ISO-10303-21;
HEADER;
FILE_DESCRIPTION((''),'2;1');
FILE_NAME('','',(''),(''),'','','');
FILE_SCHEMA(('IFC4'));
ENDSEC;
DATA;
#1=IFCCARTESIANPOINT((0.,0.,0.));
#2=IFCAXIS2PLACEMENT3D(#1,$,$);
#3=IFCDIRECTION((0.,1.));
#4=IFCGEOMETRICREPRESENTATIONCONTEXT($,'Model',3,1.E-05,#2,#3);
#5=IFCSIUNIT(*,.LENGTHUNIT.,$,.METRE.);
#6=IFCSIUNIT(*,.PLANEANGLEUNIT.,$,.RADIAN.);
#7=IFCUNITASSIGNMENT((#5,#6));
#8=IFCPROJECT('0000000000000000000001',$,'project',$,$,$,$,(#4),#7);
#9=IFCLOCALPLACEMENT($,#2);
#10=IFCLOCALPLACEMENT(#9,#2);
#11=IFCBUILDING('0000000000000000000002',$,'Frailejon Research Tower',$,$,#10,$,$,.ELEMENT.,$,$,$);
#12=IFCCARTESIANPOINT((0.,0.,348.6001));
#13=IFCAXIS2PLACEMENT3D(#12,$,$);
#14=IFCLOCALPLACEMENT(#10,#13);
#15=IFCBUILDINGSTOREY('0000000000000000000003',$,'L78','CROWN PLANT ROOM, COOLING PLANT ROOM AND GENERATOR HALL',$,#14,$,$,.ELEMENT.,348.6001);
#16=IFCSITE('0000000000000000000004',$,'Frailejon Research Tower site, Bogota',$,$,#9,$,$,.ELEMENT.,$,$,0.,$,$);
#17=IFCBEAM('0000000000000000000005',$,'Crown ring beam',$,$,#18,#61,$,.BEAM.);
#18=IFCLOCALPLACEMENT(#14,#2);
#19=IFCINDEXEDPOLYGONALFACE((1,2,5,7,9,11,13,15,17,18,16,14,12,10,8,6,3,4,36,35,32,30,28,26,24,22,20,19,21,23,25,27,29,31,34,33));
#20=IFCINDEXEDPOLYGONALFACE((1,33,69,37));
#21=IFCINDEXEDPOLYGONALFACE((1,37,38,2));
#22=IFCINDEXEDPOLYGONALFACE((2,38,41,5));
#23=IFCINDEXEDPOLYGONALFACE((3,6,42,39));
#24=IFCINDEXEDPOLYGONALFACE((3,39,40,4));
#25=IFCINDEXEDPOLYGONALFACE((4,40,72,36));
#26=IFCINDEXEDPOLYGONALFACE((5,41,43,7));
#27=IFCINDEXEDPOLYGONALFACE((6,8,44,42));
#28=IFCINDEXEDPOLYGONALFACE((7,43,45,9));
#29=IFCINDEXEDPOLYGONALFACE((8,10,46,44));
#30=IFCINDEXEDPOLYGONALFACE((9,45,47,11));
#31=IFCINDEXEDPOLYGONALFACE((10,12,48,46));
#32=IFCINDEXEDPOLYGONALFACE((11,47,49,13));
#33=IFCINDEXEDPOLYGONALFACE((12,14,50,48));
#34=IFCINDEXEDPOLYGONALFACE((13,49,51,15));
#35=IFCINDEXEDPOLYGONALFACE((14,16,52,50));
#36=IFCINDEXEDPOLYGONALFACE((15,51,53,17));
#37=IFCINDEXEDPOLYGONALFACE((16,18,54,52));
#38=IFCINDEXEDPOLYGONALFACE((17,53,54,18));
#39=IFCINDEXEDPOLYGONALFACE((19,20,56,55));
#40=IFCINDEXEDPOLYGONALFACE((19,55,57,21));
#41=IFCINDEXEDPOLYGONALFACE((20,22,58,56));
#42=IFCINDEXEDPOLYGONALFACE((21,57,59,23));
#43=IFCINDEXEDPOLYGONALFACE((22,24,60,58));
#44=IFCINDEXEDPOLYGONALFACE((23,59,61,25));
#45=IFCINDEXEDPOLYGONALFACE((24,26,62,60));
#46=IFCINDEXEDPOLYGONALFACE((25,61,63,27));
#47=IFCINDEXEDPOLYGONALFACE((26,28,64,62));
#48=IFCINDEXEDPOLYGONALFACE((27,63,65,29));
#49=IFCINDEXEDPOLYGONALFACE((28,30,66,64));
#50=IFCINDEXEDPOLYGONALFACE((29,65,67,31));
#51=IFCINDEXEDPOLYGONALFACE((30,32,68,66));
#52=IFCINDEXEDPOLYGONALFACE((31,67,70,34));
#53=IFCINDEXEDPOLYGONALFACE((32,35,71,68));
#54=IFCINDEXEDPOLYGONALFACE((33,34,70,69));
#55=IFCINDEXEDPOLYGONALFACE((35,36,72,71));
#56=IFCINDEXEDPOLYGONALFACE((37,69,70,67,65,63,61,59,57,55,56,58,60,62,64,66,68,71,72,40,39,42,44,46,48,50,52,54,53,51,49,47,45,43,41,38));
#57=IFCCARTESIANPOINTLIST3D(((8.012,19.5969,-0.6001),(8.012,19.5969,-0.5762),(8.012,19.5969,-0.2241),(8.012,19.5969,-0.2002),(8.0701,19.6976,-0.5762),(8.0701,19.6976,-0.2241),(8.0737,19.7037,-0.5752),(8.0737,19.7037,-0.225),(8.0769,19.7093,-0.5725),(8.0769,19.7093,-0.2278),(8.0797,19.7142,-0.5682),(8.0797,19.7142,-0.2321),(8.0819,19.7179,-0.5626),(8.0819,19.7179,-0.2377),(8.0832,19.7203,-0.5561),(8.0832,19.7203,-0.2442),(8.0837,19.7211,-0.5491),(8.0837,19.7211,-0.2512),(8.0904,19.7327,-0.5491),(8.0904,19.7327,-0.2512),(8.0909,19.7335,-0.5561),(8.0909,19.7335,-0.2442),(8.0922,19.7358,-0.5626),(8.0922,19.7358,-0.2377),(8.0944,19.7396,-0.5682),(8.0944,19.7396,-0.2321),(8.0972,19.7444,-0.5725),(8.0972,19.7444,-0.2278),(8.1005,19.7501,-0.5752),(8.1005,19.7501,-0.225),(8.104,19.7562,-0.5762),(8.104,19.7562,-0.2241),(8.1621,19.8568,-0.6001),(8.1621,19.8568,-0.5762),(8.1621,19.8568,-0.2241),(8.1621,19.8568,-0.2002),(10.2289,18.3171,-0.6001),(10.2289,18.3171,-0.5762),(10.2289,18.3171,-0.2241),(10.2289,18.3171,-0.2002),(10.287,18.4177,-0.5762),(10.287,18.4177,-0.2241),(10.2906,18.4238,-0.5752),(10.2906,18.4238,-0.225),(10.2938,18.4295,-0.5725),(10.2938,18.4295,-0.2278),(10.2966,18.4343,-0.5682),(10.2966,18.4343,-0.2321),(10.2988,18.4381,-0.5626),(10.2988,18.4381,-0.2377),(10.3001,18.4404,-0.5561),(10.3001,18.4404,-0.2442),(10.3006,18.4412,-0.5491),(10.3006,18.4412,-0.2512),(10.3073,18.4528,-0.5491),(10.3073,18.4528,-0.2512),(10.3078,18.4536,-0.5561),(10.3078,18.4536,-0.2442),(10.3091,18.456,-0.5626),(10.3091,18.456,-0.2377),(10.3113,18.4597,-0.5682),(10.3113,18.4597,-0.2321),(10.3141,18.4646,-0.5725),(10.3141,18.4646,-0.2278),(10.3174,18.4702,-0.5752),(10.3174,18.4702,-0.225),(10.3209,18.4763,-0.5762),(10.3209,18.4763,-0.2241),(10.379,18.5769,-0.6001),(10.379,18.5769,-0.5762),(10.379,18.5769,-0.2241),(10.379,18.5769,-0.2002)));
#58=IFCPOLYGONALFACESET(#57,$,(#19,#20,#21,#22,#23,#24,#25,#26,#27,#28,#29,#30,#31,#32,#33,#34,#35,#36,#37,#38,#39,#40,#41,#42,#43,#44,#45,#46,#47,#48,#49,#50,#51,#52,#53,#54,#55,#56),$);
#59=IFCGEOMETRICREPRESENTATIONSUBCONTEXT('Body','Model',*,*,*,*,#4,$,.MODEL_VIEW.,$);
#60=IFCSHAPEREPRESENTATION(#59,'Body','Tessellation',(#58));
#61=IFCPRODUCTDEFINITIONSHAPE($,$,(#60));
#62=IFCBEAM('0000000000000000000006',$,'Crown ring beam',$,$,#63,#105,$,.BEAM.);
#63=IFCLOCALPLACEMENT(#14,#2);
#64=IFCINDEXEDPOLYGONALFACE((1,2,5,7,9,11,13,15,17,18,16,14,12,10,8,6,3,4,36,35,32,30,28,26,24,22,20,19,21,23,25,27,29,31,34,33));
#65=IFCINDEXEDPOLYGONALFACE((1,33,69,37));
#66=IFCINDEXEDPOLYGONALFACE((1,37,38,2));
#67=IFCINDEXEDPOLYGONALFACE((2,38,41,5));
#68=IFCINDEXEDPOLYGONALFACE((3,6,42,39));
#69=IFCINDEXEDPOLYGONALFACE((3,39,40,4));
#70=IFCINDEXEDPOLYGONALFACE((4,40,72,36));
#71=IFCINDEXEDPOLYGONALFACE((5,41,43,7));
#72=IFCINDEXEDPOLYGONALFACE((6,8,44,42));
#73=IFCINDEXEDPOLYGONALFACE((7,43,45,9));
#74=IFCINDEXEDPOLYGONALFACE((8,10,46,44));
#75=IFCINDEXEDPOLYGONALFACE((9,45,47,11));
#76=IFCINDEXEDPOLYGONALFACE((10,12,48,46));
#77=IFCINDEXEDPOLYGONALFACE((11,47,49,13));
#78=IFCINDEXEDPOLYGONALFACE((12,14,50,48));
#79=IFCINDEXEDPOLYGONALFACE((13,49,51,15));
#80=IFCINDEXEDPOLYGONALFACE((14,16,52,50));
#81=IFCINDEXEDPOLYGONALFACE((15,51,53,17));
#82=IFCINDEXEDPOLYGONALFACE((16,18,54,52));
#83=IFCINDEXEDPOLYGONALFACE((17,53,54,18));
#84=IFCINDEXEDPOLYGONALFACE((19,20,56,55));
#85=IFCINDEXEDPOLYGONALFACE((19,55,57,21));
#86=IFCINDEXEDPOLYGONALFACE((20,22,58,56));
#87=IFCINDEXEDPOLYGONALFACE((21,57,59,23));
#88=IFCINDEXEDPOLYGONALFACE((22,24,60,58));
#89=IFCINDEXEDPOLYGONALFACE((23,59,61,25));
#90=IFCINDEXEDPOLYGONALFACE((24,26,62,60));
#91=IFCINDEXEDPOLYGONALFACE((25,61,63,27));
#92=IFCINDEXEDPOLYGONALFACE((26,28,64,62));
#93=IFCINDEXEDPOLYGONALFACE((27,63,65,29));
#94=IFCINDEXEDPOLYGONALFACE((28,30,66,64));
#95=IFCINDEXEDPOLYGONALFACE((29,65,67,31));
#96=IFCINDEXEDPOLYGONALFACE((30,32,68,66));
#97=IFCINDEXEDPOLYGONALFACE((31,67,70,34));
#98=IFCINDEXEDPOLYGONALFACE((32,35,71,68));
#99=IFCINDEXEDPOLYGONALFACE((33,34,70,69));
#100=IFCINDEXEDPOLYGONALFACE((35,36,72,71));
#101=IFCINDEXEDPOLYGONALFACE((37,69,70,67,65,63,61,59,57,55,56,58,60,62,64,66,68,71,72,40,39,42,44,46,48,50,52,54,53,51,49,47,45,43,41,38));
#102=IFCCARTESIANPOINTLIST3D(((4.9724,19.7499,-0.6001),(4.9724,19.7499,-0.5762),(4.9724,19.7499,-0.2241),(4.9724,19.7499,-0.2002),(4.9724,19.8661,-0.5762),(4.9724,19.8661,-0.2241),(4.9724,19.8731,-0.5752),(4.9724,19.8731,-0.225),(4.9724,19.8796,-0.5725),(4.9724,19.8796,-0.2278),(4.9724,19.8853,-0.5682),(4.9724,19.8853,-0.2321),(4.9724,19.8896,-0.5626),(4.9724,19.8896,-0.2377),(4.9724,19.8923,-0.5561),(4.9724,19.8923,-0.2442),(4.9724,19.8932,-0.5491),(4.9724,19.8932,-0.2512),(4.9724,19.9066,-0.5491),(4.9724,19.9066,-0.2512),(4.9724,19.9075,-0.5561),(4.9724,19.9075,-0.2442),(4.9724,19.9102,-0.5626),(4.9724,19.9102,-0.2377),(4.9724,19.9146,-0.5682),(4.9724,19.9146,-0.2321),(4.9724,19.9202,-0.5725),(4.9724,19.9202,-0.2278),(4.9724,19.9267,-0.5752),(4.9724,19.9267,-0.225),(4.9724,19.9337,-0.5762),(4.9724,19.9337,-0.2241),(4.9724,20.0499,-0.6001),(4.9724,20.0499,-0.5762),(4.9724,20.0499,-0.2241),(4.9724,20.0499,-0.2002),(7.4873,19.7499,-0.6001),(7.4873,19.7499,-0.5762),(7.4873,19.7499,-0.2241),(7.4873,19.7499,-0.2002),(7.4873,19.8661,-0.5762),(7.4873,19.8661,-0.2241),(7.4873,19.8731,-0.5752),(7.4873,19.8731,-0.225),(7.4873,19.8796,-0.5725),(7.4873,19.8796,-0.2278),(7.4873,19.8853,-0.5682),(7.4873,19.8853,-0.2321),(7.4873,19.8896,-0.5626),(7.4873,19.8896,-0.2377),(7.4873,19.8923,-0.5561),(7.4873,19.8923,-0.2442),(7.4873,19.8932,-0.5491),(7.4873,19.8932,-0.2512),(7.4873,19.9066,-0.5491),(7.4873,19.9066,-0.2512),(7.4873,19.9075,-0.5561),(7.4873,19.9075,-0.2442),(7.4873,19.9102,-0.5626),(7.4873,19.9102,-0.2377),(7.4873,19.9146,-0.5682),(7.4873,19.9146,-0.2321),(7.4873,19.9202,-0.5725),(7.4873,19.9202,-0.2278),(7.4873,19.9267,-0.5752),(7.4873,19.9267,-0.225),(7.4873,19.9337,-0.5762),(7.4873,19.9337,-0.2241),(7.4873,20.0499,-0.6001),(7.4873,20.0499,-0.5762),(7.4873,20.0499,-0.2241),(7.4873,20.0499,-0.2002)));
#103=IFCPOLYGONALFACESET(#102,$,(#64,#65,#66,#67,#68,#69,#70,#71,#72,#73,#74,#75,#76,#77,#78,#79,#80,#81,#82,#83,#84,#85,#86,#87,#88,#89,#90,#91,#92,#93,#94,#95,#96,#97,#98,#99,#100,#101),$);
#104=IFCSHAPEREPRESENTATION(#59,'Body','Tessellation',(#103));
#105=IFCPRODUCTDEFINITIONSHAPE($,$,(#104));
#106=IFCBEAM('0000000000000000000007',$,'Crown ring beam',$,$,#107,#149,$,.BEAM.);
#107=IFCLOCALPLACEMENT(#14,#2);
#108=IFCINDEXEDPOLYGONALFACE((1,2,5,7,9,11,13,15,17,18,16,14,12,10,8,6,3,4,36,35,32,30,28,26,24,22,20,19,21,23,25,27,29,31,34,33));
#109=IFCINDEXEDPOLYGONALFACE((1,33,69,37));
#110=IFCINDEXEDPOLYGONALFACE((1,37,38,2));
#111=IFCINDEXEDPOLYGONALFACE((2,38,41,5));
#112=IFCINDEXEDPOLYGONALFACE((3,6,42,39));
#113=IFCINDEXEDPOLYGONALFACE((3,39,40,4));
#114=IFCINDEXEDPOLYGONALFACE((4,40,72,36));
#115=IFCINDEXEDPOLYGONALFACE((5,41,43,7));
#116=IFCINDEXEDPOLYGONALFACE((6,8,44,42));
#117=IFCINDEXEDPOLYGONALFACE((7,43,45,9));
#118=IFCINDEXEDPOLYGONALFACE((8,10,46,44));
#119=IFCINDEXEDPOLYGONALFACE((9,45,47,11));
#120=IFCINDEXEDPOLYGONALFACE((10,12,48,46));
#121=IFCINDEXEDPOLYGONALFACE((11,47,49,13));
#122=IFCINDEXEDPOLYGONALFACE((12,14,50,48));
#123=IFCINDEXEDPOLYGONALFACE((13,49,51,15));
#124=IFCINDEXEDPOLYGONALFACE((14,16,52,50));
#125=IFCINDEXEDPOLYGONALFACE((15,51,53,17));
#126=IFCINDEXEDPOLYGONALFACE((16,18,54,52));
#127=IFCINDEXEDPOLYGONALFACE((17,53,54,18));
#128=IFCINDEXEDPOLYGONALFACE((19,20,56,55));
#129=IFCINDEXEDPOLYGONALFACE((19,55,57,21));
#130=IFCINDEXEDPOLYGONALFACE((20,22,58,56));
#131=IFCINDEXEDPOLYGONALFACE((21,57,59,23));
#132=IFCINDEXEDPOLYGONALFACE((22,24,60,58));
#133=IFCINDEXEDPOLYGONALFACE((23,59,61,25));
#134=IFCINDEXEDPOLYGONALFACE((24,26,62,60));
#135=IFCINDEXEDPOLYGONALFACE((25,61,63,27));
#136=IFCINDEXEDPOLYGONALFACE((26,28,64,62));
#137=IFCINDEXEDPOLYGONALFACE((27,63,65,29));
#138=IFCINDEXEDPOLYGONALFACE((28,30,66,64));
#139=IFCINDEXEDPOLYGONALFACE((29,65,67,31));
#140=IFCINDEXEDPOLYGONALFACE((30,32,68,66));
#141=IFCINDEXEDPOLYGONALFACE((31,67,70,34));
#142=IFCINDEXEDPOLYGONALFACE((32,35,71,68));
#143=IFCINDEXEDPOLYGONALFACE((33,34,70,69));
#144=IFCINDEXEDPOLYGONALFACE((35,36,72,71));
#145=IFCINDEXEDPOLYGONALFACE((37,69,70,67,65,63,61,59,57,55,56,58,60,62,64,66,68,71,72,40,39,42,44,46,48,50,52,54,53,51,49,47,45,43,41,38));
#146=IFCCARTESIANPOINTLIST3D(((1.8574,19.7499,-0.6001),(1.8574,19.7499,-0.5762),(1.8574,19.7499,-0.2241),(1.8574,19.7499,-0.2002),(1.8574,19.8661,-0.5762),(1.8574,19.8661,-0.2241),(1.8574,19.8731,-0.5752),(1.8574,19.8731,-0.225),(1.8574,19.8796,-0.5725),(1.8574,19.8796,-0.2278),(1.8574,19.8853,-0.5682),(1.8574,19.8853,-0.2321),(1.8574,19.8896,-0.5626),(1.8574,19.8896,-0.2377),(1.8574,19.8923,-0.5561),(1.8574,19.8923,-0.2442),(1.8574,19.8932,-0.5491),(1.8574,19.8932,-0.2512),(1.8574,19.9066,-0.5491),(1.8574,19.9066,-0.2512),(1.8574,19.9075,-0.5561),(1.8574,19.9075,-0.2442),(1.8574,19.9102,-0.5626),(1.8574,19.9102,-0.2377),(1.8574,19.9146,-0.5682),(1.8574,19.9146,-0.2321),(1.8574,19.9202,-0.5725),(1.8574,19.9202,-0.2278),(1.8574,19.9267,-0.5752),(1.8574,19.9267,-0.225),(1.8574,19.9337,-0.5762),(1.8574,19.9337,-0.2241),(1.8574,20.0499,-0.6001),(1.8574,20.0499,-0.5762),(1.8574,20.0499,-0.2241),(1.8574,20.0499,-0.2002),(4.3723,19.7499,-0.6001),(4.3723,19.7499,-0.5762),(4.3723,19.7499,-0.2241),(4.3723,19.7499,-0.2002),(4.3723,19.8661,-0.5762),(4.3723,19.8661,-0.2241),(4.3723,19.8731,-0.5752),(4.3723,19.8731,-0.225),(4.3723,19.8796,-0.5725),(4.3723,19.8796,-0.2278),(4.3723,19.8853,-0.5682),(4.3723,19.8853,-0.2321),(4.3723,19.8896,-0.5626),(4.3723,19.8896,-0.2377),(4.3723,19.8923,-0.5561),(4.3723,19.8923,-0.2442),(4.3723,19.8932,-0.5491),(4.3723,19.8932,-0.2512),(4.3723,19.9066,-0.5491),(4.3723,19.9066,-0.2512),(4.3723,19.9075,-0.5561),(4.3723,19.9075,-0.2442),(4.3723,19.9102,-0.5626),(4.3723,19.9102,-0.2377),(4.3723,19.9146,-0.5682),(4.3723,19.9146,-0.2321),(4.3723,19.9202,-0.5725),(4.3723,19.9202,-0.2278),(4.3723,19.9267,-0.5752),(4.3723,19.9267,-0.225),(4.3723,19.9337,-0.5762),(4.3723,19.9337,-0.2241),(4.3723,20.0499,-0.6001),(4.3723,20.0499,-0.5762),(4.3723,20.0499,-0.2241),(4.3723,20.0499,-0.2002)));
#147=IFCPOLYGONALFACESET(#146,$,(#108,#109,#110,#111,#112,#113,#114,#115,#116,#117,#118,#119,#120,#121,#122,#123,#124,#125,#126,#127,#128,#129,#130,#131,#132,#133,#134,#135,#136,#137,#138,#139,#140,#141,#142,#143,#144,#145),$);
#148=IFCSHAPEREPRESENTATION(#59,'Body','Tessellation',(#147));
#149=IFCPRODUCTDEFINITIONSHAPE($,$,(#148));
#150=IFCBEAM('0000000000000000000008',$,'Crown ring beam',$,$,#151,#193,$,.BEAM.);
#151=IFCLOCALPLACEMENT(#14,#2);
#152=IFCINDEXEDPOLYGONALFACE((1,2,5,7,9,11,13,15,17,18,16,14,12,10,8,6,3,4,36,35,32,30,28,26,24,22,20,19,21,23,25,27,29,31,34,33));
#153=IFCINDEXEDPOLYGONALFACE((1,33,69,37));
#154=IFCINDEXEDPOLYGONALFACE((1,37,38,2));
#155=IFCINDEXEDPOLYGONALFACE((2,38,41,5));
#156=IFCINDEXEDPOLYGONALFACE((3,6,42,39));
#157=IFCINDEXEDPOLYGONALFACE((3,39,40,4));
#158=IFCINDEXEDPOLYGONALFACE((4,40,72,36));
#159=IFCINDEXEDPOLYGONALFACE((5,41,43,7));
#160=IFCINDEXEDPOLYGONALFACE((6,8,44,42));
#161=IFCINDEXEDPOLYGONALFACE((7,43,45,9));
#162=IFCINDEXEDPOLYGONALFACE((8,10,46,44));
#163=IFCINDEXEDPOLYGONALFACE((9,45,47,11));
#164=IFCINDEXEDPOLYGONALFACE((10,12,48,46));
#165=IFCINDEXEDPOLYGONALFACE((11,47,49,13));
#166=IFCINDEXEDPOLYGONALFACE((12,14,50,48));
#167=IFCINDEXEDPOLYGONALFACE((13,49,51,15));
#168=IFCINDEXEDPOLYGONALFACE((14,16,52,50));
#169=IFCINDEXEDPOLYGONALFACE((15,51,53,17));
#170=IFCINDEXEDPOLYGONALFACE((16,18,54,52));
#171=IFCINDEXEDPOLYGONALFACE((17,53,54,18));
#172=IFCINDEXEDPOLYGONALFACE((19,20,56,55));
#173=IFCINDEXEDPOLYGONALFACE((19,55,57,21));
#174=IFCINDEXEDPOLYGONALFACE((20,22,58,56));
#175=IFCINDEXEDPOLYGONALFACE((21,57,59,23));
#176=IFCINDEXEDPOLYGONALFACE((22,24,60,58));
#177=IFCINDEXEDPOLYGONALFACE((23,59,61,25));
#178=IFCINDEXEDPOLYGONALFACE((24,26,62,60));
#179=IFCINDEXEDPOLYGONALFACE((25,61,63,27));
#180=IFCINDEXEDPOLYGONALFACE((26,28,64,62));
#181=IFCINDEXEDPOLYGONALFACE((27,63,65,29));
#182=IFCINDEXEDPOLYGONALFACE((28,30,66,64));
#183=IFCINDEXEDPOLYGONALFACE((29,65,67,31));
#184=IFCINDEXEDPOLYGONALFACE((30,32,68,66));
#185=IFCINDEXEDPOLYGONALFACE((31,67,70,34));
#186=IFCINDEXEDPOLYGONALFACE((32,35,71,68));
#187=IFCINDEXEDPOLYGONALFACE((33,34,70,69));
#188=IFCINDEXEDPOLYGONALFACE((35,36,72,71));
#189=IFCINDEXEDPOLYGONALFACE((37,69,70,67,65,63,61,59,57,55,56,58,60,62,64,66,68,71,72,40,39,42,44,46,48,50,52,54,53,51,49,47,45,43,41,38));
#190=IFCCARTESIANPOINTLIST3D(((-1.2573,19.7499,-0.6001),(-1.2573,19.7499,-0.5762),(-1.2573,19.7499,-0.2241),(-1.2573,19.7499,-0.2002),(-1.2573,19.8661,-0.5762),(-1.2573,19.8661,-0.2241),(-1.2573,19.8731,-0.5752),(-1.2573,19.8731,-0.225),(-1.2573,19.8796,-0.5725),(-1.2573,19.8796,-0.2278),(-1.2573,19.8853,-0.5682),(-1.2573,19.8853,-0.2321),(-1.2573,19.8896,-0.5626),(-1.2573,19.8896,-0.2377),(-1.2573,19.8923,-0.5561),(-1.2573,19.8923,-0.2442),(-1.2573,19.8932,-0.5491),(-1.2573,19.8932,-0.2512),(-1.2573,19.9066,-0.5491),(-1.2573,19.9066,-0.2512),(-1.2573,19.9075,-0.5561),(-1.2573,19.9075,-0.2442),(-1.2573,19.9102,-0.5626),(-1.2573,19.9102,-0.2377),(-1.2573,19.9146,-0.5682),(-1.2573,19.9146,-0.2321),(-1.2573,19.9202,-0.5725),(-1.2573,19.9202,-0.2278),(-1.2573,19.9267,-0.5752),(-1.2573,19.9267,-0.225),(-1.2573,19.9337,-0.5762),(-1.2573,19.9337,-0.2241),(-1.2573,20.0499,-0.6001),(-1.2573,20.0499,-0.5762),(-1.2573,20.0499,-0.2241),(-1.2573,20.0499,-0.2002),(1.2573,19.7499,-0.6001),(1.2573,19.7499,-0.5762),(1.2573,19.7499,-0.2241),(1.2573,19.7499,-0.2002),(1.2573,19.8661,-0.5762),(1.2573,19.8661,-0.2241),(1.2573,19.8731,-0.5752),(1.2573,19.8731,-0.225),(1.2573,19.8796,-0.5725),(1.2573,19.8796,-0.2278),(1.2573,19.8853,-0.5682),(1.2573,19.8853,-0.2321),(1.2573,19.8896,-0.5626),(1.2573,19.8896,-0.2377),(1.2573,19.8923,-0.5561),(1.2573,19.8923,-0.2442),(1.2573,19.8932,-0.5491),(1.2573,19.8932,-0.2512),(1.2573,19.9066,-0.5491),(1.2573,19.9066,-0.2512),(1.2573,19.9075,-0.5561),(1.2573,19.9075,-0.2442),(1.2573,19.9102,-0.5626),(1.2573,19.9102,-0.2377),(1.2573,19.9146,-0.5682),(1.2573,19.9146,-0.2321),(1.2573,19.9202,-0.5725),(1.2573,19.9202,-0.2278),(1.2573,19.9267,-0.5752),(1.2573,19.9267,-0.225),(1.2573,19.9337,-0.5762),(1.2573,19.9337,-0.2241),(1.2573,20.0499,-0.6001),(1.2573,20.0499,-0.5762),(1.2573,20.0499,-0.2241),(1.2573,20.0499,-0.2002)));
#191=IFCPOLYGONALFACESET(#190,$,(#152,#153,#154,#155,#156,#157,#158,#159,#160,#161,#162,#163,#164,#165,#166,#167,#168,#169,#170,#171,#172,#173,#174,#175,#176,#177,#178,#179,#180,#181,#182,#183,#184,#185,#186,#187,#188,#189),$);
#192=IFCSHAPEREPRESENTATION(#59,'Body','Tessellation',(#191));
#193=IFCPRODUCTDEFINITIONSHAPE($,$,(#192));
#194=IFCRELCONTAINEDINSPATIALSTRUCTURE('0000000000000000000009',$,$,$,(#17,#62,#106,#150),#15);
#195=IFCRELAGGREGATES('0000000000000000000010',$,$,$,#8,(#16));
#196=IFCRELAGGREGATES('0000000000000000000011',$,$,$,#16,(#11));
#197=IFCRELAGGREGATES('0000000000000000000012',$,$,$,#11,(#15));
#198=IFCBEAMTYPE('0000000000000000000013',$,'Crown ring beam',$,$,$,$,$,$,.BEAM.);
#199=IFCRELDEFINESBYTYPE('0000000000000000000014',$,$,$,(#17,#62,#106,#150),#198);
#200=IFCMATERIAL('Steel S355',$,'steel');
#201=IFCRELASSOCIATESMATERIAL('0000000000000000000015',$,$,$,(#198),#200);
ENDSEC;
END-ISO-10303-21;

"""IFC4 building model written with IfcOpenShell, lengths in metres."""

from ifc_helpers import new_model, si_unit, direction, frame, origin, origin_2d, place, context, subcontext, project, spatial, i_section, extrude, material, material_profile, profile_set, type_object, element, save


model = new_model("IFC4")

# Units and contexts
model_context = context("Model", 3, precision=1e-05, world=origin(), true_north=direction((0.0, 1.0)))
body_context = subcontext(model_context, "Body", "Model", "MODEL_VIEW")
ifc_project = project(units=[si_unit("LENGTHUNIT", "METRE"), si_unit("PLANEANGLEUNIT", "RADIAN")], contexts=[model_context])

# Site, building, storey
site_placement = place(None, origin())
site = spatial("IfcSite", under=ifc_project, at=site_placement, Name="Frailejon Research Tower site, Bogota", CompositionType="ELEMENT", RefElevation=0.0)
building_placement = place(site_placement, origin())
building = spatial("IfcBuilding", under=site, at=building_placement, Name="Frailejon Research Tower", CompositionType="ELEMENT")
storey_placement = place(building_placement, frame((0.0, 0.0, 348.6001)))
storey = spatial("IfcBuildingStorey", under=building, at=storey_placement, Name="L78", Description="CROWN PLANT ROOM, COOLING PLANT ROOM AND GENERATOR HALL", CompositionType="ELEMENT", Elevation=348.6001)

# Beams
ifc_material_1 = material(Name="Steel S355", Category="steel")
ifc_material_profile_1 = material_profile(ifc_material_1, i_section(OverallWidth=0.3, OverallDepth=0.3999, WebThickness=0.0134, FlangeThickness=0.0239, FilletRadius=0.0271, at=origin_2d()), Name="HE 400 B")
ifc_profile_set_1 = profile_set([ifc_material_profile_1], Name="Steel S355")
beam_type_1 = type_object("IfcBeamType", Name="Crown ring beam", PredefinedType="BEAM", material=ifc_profile_set_1)
beam_1_placement = place(storey_placement, frame((10.304, 18.447, -0.4001), z_axis=(-0.866039, 0.499976, 0.0), x_axis=(-0.499976, -0.866039, 0.0)))
element("IfcBeam", 1, at=beam_1_placement, inside=storey, type_object=beam_type_1, Name="Crown ring beam", PredefinedType="BEAM", context=body_context, shape_type="SweptSolid", body=[
    extrude(i_section(OverallWidth=0.3, OverallDepth=0.3999, WebThickness=0.0134, FlangeThickness=0.0239, FilletRadius=0.0271, at=origin_2d()), origin(), (0.0, 0.0, 1.0), 2.5598),
])
for number, where, z_axis, x_axis, name in (
    (2, (7.4873, 19.8999, -0.4001), (-1.0, 0.0, 0.0), (0.0, -1.0, 0.0), "Crown ring beam"),
    (3, (4.3723, 19.8999, -0.4001), (-1.0, 0.0, 0.0), (0.0, -1.0, 0.0), "Crown ring beam"),
):
    element("IfcBeam", number, at=place(storey_placement, frame(where, z_axis=z_axis, x_axis=x_axis)), inside=storey, type_object=beam_type_1, Name=name, PredefinedType="BEAM", context=body_context, shape_type="SweptSolid", body=[
        extrude(i_section(OverallWidth=0.3, OverallDepth=0.3999, WebThickness=0.0134, FlangeThickness=0.0239, FilletRadius=0.0271, at=origin_2d()), origin(), (0.0, 0.0, 1.0), 2.5149),
    ])
beam_2_placement = place(storey_placement, frame((1.2573, 19.8999, -0.4001), z_axis=(-1.0, 0.0, 0.0), x_axis=(0.0, -1.0, 0.0)))
element("IfcBeam", 4, at=beam_2_placement, inside=storey, type_object=beam_type_1, Name="Crown ring beam", PredefinedType="BEAM", context=body_context, shape_type="SweptSolid", body=[
    extrude(i_section(OverallWidth=0.3, OverallDepth=0.3999, WebThickness=0.0134, FlangeThickness=0.0239, FilletRadius=0.0271, at=origin_2d()), origin(), (0.0, 0.0, 1.0), 2.5146),
])

save(model, "model.ifc")
